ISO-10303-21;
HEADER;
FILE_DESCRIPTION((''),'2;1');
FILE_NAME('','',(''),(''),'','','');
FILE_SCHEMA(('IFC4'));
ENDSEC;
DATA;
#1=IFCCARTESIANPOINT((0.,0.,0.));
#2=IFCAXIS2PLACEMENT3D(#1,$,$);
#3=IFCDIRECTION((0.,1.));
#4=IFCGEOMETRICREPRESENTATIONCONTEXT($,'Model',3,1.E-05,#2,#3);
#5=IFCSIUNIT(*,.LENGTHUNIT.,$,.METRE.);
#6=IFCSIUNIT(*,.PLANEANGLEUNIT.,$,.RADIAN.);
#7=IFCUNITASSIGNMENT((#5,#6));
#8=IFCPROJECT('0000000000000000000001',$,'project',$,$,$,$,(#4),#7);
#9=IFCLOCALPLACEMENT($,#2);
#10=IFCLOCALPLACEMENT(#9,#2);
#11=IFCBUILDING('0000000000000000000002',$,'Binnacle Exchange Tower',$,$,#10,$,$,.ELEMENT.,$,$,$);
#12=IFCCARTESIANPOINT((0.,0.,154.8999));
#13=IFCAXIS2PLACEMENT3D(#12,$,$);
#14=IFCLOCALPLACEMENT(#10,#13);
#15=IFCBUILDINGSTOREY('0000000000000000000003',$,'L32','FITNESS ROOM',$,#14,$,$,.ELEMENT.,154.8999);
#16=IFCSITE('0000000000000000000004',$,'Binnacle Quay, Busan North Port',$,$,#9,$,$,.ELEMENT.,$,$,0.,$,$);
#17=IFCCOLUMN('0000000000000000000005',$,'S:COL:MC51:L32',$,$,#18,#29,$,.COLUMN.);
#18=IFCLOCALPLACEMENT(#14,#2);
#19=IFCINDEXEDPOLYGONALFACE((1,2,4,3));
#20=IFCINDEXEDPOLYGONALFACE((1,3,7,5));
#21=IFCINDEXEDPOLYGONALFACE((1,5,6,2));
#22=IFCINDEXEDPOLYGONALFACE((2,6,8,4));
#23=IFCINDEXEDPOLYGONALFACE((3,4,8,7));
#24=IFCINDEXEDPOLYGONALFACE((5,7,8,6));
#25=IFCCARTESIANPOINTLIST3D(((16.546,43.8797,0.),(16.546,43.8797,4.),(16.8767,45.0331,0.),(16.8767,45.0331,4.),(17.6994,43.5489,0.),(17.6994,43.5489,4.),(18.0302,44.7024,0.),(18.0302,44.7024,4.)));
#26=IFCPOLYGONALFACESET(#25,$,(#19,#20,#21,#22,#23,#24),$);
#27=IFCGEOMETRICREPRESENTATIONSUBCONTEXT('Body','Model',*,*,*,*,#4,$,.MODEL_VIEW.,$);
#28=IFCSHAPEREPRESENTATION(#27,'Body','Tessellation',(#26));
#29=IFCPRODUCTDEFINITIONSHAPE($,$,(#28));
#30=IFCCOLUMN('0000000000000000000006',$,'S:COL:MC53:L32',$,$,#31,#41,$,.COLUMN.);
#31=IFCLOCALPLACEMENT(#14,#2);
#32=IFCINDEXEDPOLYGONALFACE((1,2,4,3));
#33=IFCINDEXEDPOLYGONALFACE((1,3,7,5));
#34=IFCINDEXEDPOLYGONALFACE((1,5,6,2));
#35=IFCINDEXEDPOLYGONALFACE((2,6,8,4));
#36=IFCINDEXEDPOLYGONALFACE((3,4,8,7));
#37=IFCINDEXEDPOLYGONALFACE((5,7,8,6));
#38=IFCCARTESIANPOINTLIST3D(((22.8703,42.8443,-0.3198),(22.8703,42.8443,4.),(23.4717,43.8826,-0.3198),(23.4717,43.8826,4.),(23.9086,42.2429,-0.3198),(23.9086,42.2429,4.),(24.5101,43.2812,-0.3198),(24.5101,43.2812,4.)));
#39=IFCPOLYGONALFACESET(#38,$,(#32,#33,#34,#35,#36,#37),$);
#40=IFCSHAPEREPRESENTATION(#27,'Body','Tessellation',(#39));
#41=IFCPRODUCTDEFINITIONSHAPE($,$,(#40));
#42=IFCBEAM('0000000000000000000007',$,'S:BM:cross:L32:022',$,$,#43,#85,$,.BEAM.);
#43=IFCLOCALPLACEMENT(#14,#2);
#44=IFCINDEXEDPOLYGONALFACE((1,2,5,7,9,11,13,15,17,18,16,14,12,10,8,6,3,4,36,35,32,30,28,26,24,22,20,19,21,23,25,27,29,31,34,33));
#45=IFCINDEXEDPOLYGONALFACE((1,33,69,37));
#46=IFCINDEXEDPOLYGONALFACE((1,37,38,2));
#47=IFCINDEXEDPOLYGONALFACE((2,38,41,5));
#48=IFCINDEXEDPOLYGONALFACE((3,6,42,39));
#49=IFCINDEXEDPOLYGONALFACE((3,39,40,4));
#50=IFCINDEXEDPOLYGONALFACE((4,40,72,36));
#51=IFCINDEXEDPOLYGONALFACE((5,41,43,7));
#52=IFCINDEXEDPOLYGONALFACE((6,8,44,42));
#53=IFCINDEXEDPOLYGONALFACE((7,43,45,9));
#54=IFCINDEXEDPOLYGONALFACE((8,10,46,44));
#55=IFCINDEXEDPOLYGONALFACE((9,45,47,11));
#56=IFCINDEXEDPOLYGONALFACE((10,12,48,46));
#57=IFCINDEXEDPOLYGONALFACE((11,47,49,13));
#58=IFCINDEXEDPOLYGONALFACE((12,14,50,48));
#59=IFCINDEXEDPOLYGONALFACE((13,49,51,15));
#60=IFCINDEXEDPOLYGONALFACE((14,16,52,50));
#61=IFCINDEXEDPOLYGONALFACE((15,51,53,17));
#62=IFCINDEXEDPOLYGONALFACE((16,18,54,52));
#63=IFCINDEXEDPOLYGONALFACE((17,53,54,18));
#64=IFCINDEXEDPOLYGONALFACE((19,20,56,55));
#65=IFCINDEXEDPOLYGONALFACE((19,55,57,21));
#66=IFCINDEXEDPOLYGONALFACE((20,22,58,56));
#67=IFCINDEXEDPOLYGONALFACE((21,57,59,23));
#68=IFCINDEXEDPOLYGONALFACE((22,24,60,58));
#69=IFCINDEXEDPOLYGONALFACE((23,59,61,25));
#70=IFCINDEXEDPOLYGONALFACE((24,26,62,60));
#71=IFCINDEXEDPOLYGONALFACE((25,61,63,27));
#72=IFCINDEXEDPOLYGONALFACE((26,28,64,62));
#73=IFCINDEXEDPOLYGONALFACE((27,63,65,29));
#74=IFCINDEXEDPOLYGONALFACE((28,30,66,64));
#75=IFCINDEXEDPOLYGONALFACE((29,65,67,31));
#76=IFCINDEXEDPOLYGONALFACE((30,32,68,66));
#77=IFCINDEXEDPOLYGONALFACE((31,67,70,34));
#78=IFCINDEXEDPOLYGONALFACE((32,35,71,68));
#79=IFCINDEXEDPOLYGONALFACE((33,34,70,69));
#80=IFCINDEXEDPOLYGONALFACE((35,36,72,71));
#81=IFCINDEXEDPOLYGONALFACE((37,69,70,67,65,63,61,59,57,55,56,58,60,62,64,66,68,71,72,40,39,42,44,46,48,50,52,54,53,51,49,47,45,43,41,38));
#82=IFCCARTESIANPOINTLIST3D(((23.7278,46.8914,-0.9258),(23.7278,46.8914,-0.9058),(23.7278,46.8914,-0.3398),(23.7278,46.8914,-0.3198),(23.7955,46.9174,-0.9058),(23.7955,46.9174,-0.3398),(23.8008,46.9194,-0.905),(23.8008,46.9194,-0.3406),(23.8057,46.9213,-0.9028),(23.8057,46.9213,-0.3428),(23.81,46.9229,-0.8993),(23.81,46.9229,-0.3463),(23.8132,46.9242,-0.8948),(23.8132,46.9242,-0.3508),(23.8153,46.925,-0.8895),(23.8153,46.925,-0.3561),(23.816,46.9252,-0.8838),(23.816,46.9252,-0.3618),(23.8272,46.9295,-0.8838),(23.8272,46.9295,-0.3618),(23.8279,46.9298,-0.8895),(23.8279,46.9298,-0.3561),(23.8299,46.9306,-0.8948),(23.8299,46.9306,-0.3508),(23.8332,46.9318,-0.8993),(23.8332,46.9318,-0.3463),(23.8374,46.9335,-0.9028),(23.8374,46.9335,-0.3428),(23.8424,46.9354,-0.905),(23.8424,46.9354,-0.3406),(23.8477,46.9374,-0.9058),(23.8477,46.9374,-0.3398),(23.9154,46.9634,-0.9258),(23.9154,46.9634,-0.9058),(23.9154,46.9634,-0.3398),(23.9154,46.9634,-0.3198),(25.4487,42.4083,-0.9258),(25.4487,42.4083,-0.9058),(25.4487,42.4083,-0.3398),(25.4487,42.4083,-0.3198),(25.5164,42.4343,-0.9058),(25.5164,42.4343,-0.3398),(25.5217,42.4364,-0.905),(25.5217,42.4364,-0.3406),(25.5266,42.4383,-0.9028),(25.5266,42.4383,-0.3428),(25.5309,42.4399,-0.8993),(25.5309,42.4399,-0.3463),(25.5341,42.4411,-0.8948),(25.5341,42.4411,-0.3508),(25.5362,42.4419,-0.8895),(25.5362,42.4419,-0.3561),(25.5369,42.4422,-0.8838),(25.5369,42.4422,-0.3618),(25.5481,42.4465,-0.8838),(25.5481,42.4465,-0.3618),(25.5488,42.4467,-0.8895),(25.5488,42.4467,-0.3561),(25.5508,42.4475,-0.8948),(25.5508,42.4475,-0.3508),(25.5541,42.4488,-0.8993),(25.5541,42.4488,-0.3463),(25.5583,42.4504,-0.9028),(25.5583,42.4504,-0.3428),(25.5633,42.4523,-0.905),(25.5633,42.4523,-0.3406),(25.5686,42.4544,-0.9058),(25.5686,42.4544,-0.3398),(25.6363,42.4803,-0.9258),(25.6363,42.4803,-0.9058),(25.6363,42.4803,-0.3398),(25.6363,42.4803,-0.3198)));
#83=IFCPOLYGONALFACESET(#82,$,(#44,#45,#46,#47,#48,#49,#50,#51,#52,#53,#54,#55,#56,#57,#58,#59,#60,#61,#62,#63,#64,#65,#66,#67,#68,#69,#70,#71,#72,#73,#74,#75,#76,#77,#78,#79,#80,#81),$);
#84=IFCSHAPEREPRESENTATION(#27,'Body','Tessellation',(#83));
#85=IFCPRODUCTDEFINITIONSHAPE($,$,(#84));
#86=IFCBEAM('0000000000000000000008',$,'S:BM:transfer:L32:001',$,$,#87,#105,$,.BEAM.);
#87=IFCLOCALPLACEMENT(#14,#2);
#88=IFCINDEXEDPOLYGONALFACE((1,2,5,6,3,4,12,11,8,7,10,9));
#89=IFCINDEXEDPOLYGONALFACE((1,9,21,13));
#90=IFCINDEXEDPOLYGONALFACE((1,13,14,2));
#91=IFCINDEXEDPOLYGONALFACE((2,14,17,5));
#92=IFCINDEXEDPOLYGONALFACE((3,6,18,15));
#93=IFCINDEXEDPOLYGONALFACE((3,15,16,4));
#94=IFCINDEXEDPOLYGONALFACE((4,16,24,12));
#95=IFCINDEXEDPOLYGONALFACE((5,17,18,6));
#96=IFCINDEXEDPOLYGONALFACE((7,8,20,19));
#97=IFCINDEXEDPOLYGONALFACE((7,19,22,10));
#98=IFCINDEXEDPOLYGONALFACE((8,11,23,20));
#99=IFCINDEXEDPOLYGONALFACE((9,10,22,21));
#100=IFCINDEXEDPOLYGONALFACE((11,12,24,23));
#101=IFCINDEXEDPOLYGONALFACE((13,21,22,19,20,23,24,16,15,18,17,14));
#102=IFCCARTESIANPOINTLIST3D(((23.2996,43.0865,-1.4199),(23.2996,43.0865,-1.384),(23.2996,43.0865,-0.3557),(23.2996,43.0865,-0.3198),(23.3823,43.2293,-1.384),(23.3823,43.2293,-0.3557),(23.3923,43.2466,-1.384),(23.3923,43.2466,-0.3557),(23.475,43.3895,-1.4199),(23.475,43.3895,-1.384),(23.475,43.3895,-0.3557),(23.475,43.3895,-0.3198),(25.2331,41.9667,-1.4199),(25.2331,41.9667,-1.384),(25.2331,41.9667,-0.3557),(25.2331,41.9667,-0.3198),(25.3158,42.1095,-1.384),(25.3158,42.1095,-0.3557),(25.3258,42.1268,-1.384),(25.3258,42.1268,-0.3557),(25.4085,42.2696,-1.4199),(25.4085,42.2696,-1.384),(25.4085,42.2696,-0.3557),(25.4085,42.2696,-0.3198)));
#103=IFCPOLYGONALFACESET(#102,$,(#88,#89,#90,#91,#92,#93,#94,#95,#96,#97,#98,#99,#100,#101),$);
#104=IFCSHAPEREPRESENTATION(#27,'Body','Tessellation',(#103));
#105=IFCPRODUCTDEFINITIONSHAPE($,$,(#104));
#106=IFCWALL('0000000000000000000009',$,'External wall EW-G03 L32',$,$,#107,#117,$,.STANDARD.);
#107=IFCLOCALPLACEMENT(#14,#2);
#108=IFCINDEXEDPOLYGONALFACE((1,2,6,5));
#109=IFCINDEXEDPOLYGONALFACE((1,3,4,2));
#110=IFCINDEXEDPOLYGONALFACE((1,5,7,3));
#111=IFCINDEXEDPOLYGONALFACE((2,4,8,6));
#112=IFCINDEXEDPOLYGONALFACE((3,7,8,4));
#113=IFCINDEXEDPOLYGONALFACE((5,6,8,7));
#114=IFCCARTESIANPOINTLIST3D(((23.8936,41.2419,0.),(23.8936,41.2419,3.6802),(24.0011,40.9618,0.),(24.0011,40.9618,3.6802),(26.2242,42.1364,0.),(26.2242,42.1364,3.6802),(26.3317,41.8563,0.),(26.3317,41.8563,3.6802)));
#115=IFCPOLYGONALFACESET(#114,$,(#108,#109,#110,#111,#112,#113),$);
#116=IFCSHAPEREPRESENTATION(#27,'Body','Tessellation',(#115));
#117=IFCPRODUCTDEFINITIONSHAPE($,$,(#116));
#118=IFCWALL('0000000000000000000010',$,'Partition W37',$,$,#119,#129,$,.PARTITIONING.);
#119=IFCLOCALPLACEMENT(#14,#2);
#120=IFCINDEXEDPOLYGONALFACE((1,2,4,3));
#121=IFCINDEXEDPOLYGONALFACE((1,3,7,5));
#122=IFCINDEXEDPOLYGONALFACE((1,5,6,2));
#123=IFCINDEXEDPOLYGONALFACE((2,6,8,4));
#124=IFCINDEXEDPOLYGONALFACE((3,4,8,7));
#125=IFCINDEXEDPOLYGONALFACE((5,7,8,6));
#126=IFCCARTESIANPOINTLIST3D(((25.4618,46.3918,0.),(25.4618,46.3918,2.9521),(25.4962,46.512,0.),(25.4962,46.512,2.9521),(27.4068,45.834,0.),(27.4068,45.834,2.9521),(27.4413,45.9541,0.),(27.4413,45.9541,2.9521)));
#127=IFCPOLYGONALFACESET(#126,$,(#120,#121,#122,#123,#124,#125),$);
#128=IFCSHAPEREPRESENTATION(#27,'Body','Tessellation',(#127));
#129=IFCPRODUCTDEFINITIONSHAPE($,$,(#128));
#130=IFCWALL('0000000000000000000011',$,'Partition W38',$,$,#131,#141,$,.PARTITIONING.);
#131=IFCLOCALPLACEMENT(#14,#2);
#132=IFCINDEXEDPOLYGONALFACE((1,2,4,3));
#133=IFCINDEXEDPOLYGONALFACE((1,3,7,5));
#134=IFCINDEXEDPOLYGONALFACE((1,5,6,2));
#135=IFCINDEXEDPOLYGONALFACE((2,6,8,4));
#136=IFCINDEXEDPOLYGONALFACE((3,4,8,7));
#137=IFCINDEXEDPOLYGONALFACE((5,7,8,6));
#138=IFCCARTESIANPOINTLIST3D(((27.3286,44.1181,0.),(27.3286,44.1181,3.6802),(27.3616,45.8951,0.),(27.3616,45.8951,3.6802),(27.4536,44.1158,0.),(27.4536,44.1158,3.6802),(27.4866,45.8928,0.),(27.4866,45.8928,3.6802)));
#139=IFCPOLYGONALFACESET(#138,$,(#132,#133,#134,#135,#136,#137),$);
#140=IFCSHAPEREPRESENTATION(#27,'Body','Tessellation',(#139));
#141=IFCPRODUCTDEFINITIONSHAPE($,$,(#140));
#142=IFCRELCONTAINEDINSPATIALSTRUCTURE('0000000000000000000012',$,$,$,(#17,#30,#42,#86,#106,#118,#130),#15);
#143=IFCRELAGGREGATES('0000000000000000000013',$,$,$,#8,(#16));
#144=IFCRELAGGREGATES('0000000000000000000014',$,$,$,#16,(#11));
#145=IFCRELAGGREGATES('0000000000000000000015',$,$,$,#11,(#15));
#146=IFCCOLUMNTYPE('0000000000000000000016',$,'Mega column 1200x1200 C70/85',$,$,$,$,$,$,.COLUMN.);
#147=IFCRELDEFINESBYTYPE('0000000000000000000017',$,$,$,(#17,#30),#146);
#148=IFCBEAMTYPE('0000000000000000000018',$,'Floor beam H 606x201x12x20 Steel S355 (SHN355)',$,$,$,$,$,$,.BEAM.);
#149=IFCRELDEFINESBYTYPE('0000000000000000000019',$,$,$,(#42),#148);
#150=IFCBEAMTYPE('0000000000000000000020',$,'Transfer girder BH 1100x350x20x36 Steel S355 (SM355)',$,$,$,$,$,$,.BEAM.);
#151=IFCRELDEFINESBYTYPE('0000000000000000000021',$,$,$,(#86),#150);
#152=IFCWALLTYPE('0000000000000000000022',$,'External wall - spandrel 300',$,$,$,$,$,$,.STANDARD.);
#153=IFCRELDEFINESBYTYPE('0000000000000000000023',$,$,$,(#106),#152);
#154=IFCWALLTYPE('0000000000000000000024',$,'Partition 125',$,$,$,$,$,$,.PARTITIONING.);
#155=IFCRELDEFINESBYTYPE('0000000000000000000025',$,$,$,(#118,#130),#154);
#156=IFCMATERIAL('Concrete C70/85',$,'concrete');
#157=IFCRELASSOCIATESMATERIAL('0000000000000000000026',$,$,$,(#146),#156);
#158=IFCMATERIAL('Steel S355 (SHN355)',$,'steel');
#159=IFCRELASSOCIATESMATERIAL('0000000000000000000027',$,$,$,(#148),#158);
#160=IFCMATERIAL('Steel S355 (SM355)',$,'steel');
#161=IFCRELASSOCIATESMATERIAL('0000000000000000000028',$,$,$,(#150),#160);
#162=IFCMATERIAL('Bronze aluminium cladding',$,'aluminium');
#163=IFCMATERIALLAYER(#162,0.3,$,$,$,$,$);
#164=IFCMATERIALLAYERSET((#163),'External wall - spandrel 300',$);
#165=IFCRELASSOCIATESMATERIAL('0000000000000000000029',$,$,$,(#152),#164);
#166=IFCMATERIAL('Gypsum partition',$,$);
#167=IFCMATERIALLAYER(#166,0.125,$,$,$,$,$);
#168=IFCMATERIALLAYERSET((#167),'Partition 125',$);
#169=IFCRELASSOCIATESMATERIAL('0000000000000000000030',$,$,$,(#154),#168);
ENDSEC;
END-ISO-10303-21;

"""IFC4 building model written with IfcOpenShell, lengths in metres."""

from ifc_helpers import new_model, si_unit, direction, frame, frame_2d, origin, origin_2d, place, context, subcontext, project, spatial, rectangle, i_section, extrude, material, layer, layer_set, material_profile, profile_set, type_object, element, save


model = new_model("IFC4")

# Units and contexts
model_context = context("Model", 3, precision=1e-05, world=origin(), true_north=direction((0.0, 1.0)))
body_context = subcontext(model_context, "Body", "Model", "MODEL_VIEW")
ifc_project = project(units=[si_unit("LENGTHUNIT", "METRE"), si_unit("PLANEANGLEUNIT", "RADIAN")], contexts=[model_context])

# Site, building, storey
site_placement = place(None, origin())
site = spatial("IfcSite", under=ifc_project, at=site_placement, Name="Binnacle Quay, Busan North Port", CompositionType="ELEMENT", RefElevation=0.0)
building_placement = place(site_placement, origin())
building = spatial("IfcBuilding", under=site, at=building_placement, Name="Binnacle Exchange Tower", CompositionType="ELEMENT")
storey_placement = place(building_placement, frame((0.0, 0.0, 154.8999)))
storey = spatial("IfcBuildingStorey", under=building, at=storey_placement, Name="L32", Description="FITNESS ROOM", CompositionType="ELEMENT", Elevation=154.8999)

# Columns
ifc_material_1 = material(Name="Concrete C70/85", Category="concrete")
ifc_material_profile_1 = material_profile(ifc_material_1, rectangle(XDim=1.2, YDim=1.2, at=origin_2d()), Name="Mega column 1200x1200 C70/85")
ifc_profile_set_1 = profile_set([ifc_material_profile_1], Name="Concrete C70/85")
column_type = type_object("IfcColumnType", Name="Mega column 1200x1200 C70/85", PredefinedType="COLUMN", material=ifc_profile_set_1)
column_1_placement = place(storey_placement, frame((17.2881, 44.291, 0.0), z_axis=(0.0, 0.0, 1.0), x_axis=(0.961262, -0.275637, 0.0)))
element("IfcColumn", 1, at=column_1_placement, inside=storey, type_object=column_type, Name="S:COL:MC51:L32", PredefinedType="COLUMN", context=body_context, shape_type="SweptSolid", body=[
    extrude(rectangle(XDim=1.2, YDim=1.2, at=origin_2d()), origin(), (0.0, 0.0, 1.0), 4.0),
])
column_2_placement = place(storey_placement, frame((23.6902, 43.0627, -0.3198), z_axis=(0.0, 0.0, 1.0), x_axis=(-0.865326, 0.501209, 0.0)))
element("IfcColumn", 2, at=column_2_placement, inside=storey, type_object=column_type, Name="S:COL:MC53:L32", PredefinedType="COLUMN", context=body_context, shape_type="SweptSolid", body=[
    extrude(rectangle(XDim=1.2, YDim=1.2, at=origin_2d()), origin(), (0.0, 0.0, 1.0), 4.3198),
])

# Beams
ifc_material_2 = material(Name="Steel S355 (SHN355)", Category="steel")
ifc_material_profile_2 = material_profile(ifc_material_2, i_section(OverallWidth=0.2009, OverallDepth=0.606, WebThickness=0.012, FlangeThickness=0.02, FilletRadius=0.022, at=origin_2d()), Name="H 606x201x12x20")
ifc_profile_set_2 = profile_set([ifc_material_profile_2], Name="Steel S355 (SHN355)")
beam_type_1 = type_object("IfcBeamType", Name="Floor beam H 606x201x12x20 Steel S355 (SHN355)", PredefinedType="BEAM", material=ifc_profile_set_2)
beam_1_placement = place(storey_placement, frame((25.5425, 42.4443, -0.6228), z_axis=(-0.358373, 0.933579, 0.0), x_axis=(-0.933579, -0.358373, 0.0)))
element("IfcBeam", 3, at=beam_1_placement, inside=storey, type_object=beam_type_1, Name="S:BM:cross:L32:022", PredefinedType="BEAM", context=body_context, shape_type="SweptSolid", body=[
    extrude(i_section(OverallWidth=0.2009, OverallDepth=0.606, WebThickness=0.012, FlangeThickness=0.02, FilletRadius=0.022, at=origin_2d()), origin(), (0.0, 0.0, 1.0), 4.802),
])
ifc_material_3 = material(Name="Steel S355 (SM355)", Category="steel")
ifc_material_profile_3 = material_profile(ifc_material_3, i_section(OverallWidth=0.3501, OverallDepth=1.1001, WebThickness=0.02, FlangeThickness=0.0359, at=origin_2d()), Name="BH 1100x350x20x36")
ifc_profile_set_3 = profile_set([ifc_material_profile_3], Name="Steel S355 (SM355)")
beam_type_2 = type_object("IfcBeamType", Name="Transfer girder BH 1100x350x20x36 Steel S355 (SM355)", PredefinedType="BEAM", material=ifc_profile_set_3)
beam_2_placement = place(storey_placement, frame((25.3208, 42.1182, -0.8699), z_axis=(-0.865344, 0.501178, 0.0), x_axis=(-0.501178, -0.865344, 0.0)))
element("IfcBeam", 4, at=beam_2_placement, inside=storey, type_object=beam_type_2, Name="S:BM:transfer:L32:001", PredefinedType="BEAM", context=body_context, shape_type="SweptSolid", body=[
    extrude(i_section(OverallWidth=0.3501, OverallDepth=1.1001, WebThickness=0.02, FlangeThickness=0.0359, at=origin_2d()), origin(), (0.0, 0.0, 1.0), 2.2344),
])

# Shared definitions
ifc_material_4 = material(Name="Bronze aluminium cladding", Category="aluminium")
ifc_layer_1 = layer(ifc_material_4, 0.3)
ifc_layer_set_1 = layer_set([ifc_layer_1], Name="External wall - spandrel 300")
wall_type_1 = type_object("IfcWallType", Name="External wall - spandrel 300", PredefinedType="STANDARD", material=ifc_layer_set_1)

# Walls
wall_1_placement = place(storey_placement, frame((26.2778, 41.9963, 0.0), z_axis=(0.0, 0.0, 1.0), x_axis=(-0.933592, -0.358337, 0.0)))
element("IfcWall", 5, at=wall_1_placement, inside=storey, type_object=wall_type_1, Name="External wall EW-G03 L32", PredefinedType="STANDARD", context=body_context, shape_type="SweptSolid", body=[
    extrude(rectangle(XDim=2.4963, YDim=0.3, at=frame_2d((1.248, 0.0))), origin(), (0.0, 0.0, 1.0), 3.6802),
])
ifc_material_5 = material(Name="Gypsum partition")
ifc_layer_2 = layer(ifc_material_5, 0.125)
ifc_layer_set_2 = layer_set([ifc_layer_2], Name="Partition 125")
wall_type_2 = type_object("IfcWallType", Name="Partition 125", PredefinedType="PARTITIONING", material=ifc_layer_set_2)
wall_2_placement = place(storey_placement, frame((25.479, 46.4519, 0.0), z_axis=(0.0, 0.0, 1.0), x_axis=(0.961246, -0.275693, 0.0)))
element("IfcWall", 6, at=wall_2_placement, inside=storey, type_object=wall_type_2, Name="Partition W37", PredefinedType="PARTITIONING", context=body_context, shape_type="SweptSolid", body=[
    extrude(rectangle(XDim=2.0234, YDim=0.125, at=frame_2d((1.0117, 0.0))), origin(), (0.0, 0.0, 1.0), 2.9521),
])
wall_3_placement = place(storey_placement, frame((27.3911, 44.1169, 0.0), z_axis=(0.0, 0.0, 1.0), x_axis=(0.018543, 0.999828, 0.0)))
element("IfcWall", 7, at=wall_3_placement, inside=storey, type_object=wall_type_2, Name="Partition W38", PredefinedType="PARTITIONING", context=body_context, shape_type="SweptSolid", body=[
    extrude(rectangle(XDim=1.7773, YDim=0.125, at=frame_2d((0.8887, 0.0))), origin(), (0.0, 0.0, 1.0), 3.6802),
])

save(model, "model.ifc")
